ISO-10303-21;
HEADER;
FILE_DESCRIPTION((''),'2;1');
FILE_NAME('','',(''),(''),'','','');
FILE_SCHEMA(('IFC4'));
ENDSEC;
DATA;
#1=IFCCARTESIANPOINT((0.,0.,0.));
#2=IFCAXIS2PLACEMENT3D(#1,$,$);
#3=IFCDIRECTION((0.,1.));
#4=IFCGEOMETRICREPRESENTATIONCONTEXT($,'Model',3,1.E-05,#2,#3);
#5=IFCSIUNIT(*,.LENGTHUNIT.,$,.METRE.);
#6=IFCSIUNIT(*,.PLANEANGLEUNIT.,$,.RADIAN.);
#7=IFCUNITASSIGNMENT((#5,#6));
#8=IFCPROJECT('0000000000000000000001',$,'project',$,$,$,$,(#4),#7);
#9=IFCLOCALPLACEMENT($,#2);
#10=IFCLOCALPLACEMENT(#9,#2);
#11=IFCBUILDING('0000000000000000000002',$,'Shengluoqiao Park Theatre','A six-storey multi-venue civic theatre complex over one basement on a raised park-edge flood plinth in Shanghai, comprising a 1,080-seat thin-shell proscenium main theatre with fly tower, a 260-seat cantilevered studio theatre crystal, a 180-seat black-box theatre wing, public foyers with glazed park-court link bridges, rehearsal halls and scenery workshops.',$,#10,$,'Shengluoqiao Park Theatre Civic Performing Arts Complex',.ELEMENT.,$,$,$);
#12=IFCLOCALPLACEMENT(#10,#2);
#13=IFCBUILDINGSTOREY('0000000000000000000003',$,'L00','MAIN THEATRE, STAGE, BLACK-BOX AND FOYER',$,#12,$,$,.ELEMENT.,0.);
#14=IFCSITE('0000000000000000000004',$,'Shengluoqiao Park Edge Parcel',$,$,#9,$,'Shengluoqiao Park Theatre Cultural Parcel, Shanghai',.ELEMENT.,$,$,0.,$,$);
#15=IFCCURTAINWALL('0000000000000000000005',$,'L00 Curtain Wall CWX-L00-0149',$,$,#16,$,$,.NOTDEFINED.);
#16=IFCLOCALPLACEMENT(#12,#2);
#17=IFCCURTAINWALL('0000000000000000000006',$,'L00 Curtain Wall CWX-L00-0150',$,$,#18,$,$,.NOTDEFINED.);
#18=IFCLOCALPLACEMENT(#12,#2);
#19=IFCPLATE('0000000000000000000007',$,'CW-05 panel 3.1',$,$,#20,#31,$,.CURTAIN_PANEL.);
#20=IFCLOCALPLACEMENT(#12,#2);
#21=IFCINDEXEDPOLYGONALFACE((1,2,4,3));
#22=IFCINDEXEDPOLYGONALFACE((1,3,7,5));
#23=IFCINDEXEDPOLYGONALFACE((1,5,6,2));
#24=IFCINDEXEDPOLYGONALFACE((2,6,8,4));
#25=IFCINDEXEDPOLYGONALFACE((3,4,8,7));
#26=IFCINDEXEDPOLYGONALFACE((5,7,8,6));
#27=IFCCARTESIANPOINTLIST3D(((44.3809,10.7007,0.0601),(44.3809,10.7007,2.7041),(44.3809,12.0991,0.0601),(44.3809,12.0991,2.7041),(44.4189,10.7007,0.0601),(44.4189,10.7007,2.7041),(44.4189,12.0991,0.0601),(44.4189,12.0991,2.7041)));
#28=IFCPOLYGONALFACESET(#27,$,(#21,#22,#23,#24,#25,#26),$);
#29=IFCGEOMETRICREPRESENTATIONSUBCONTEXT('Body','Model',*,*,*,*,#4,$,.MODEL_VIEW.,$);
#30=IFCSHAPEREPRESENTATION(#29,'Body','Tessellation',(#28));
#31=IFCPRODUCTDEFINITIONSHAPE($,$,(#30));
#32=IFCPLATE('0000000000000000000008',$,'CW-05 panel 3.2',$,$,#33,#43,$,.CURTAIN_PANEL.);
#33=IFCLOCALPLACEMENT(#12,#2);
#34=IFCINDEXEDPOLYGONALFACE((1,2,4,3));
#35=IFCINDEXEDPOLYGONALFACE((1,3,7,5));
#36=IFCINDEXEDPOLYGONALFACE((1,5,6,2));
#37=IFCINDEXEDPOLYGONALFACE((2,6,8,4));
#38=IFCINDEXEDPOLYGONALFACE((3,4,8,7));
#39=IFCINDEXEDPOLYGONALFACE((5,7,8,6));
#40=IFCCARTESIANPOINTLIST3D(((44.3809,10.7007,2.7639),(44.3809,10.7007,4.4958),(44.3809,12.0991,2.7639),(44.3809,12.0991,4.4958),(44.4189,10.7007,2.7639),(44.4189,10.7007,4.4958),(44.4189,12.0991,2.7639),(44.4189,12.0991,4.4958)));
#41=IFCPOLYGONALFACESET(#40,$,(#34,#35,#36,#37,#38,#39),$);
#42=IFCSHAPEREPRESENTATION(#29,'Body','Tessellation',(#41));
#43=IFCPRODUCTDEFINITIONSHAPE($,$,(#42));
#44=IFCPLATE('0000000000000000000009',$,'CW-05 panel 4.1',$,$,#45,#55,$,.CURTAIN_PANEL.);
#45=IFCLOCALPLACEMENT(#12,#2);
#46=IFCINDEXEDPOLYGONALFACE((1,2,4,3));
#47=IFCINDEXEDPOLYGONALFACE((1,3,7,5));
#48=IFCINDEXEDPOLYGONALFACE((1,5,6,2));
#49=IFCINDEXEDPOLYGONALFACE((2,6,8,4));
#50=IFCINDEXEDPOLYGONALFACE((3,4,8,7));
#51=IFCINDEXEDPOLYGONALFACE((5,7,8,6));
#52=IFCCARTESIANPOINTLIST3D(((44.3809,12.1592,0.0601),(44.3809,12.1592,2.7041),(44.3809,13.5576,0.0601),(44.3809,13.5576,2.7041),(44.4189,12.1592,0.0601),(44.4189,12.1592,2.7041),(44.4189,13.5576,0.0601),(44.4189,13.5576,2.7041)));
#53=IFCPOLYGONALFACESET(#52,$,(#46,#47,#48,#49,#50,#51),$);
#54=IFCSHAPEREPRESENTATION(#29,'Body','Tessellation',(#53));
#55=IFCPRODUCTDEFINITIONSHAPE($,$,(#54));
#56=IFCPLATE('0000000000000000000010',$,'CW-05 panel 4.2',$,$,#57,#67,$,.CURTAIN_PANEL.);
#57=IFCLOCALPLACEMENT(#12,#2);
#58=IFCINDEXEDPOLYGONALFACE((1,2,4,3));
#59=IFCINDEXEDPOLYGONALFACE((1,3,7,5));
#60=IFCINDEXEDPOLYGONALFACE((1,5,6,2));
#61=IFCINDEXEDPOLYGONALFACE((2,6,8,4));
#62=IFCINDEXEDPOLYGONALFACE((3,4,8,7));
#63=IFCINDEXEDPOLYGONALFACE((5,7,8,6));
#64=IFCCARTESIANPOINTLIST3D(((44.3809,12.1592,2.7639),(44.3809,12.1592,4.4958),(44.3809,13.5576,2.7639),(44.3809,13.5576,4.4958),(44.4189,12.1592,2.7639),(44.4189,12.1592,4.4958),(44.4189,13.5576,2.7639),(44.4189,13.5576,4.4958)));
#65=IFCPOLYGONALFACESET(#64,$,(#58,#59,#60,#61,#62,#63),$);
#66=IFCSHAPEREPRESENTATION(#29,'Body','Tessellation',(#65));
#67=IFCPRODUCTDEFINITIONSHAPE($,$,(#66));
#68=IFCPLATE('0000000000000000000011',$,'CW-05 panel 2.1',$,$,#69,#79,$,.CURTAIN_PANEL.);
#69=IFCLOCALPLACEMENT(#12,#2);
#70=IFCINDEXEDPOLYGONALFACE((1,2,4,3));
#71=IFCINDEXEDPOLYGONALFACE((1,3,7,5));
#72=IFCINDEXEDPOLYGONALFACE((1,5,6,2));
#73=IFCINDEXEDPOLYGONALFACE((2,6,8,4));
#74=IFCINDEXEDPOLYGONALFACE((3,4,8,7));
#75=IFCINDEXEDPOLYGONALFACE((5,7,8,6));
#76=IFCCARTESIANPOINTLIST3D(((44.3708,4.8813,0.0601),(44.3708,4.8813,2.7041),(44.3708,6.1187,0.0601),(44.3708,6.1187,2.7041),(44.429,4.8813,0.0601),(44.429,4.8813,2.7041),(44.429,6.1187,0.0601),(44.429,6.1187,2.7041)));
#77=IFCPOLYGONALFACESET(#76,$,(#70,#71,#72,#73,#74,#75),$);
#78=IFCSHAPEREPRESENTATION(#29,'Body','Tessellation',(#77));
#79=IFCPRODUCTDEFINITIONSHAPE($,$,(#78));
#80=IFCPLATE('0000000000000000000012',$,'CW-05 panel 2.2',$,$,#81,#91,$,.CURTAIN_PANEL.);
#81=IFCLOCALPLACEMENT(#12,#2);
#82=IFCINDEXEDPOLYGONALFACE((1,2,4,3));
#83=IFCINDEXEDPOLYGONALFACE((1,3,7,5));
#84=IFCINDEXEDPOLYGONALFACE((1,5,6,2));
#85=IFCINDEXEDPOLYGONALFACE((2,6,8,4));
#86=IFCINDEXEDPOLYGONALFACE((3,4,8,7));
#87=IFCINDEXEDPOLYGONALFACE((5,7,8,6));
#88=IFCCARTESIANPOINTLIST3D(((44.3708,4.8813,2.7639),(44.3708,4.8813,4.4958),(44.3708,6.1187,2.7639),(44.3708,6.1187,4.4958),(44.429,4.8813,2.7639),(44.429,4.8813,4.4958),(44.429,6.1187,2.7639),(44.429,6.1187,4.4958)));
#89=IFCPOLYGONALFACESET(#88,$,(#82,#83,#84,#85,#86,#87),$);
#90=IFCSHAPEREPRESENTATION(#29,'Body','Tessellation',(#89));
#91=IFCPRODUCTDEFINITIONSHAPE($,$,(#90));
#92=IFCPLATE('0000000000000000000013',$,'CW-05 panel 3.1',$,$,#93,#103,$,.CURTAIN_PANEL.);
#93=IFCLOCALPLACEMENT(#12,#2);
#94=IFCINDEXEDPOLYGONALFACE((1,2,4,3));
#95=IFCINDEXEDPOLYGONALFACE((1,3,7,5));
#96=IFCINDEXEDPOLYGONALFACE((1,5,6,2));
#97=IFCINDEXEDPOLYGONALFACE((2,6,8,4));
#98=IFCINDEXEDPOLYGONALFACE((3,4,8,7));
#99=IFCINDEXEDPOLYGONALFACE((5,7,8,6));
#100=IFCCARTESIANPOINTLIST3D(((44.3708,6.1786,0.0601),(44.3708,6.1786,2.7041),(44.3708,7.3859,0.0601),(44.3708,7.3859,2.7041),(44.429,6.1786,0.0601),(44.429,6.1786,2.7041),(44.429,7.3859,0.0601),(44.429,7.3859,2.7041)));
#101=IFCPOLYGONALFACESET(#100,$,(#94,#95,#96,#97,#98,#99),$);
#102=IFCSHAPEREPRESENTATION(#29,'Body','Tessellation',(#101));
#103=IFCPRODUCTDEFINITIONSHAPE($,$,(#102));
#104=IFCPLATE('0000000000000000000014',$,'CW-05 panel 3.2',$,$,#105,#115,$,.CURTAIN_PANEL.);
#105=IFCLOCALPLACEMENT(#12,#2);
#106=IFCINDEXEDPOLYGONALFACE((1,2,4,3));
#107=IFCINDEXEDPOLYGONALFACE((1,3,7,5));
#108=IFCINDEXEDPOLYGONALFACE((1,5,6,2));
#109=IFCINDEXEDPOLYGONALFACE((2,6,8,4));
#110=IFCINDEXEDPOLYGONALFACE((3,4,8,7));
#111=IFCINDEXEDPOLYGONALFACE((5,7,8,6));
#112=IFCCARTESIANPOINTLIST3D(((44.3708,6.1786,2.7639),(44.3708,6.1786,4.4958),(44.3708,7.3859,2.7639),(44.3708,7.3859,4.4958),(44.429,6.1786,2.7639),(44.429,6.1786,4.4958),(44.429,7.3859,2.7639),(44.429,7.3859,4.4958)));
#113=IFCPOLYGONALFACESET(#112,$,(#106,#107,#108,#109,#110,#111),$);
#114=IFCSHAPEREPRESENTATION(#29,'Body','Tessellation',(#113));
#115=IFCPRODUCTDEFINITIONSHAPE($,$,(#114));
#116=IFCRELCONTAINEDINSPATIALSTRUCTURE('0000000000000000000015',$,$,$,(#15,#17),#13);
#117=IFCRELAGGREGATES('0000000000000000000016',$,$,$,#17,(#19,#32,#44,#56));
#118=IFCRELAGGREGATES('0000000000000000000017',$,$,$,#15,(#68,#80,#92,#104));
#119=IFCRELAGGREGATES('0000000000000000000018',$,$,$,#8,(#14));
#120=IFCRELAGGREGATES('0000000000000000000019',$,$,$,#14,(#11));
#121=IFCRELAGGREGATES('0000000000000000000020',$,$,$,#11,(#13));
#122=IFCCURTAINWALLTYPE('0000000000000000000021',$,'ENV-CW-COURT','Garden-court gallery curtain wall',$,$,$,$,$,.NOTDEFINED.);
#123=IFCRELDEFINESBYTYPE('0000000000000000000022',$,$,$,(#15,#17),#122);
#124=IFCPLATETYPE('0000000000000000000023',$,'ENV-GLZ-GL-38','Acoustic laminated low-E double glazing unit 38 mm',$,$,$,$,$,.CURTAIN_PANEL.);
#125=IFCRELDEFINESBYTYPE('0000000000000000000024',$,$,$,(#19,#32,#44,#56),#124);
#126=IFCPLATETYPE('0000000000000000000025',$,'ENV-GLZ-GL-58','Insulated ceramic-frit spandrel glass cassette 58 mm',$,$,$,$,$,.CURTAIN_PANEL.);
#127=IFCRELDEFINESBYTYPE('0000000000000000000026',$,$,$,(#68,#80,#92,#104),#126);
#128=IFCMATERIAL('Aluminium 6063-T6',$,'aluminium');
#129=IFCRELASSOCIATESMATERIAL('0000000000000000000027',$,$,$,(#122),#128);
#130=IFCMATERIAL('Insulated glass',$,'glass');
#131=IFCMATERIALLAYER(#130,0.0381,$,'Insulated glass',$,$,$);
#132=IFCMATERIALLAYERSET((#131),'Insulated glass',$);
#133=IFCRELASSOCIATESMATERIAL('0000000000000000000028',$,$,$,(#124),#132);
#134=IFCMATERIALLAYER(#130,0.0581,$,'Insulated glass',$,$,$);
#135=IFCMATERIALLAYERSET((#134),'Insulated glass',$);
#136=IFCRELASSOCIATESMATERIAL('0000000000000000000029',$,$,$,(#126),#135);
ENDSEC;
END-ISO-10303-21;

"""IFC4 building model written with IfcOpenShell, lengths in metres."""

from ifc_helpers import new_model, si_unit, direction, frame, origin, origin_2d, place, context, subcontext, project, spatial, rectangle, extrude, material, layer, layer_set, type_object, element, aggregate, save


model = new_model("IFC4")

# Units and contexts
model_context = context("Model", 3, precision=1e-05, world=origin(), true_north=direction((0.0, 1.0)))
body_context = subcontext(model_context, "Body", "Model", "MODEL_VIEW")
ifc_project = project(units=[si_unit("LENGTHUNIT", "METRE"), si_unit("PLANEANGLEUNIT", "RADIAN")], contexts=[model_context])

# Site, building, storey
site_placement = place(None, origin())
site = spatial("IfcSite", under=ifc_project, at=site_placement, Name="Shengluoqiao Park Edge Parcel", LongName="Shengluoqiao Park Theatre Cultural Parcel, Shanghai", CompositionType="ELEMENT", RefElevation=0.0)
building_placement = place(site_placement, origin())
building = spatial("IfcBuilding", under=site, at=building_placement, Name="Shengluoqiao Park Theatre", Description="A six-storey multi-venue civic theatre complex over one basement on a raised park-edge flood plinth in Shanghai, comprising a 1,080-seat thin-shell proscenium main theatre with fly tower, a 260-seat cantilevered studio theatre crystal, a 180-seat black-box theatre wing, public foyers with glazed park-court link bridges, rehearsal halls and scenery workshops.", LongName="Shengluoqiao Park Theatre Civic Performing Arts Complex", CompositionType="ELEMENT")
storey_placement = place(building_placement, origin())
storey = spatial("IfcBuildingStorey", under=building, at=storey_placement, Name="L00", Description="MAIN THEATRE, STAGE, BLACK-BOX AND FOYER", CompositionType="ELEMENT", Elevation=0.0)

# Curtain walls
ifc_material_1 = material(Name="Aluminium 6063-T6", Category="aluminium")
curtain_wall_type = type_object("IfcCurtainWallType", Name="ENV-CW-COURT", Description="Garden-court gallery curtain wall", PredefinedType="NOTDEFINED", material=ifc_material_1)
curtain_wall_1_placement = place(storey_placement, origin())
curtain_wall_1 = element("IfcCurtainWall", 1, at=curtain_wall_1_placement, inside=storey, type_object=curtain_wall_type, Name="L00 Curtain Wall CWX-L00-0149", PredefinedType="NOTDEFINED")
curtain_wall_2_placement = place(storey_placement, origin())
curtain_wall_2 = element("IfcCurtainWall", 2, at=curtain_wall_2_placement, inside=storey, type_object=curtain_wall_type, Name="L00 Curtain Wall CWX-L00-0150", PredefinedType="NOTDEFINED")

# Plates
ifc_material_2 = material(Name="Insulated glass", Category="glass")
ifc_layer_1 = layer(ifc_material_2, 0.0381, Name="Insulated glass")
ifc_layer_set_1 = layer_set([ifc_layer_1], Name="Insulated glass")
plate_type_1 = type_object("IfcPlateType", Name="ENV-GLZ-GL-38", Description="Acoustic laminated low-E double glazing unit 38 mm", PredefinedType="CURTAIN_PANEL", material=ifc_layer_set_1)
plate_1_placement = place(storey_placement, frame((44.3999, 11.3999, 0.0601), z_axis=(0.0, 0.0, 1.0), x_axis=(0.0, 1.0, 0.0)))
plate_1 = element("IfcPlate", 3, at=plate_1_placement, type_object=plate_type_1, Name="CW-05 panel 3.1", PredefinedType="CURTAIN_PANEL", context=body_context, shape_type="SweptSolid", body=[
    extrude(rectangle(XDim=1.3984, YDim=0.0381, at=origin_2d()), origin(), (0.0, 0.0, 1.0), 2.644),
])
plate_2_placement = place(storey_placement, frame((44.3999, 11.3999, 2.7639), z_axis=(0.0, 0.0, 1.0), x_axis=(0.0, 1.0, 0.0)))
plate_2 = element("IfcPlate", 4, at=plate_2_placement, type_object=plate_type_1, Name="CW-05 panel 3.2", PredefinedType="CURTAIN_PANEL", context=body_context, shape_type="SweptSolid", body=[
    extrude(rectangle(XDim=1.3984, YDim=0.0381, at=origin_2d()), origin(), (0.0, 0.0, 1.0), 1.7319),
])
plate_3_placement = place(storey_placement, frame((44.3999, 12.8584, 0.0601), z_axis=(0.0, 0.0, 1.0), x_axis=(0.0, 1.0, 0.0)))
plate_3 = element("IfcPlate", 5, at=plate_3_placement, type_object=plate_type_1, Name="CW-05 panel 4.1", PredefinedType="CURTAIN_PANEL", context=body_context, shape_type="SweptSolid", body=[
    extrude(rectangle(XDim=1.3984, YDim=0.0381, at=origin_2d()), origin(), (0.0, 0.0, 1.0), 2.644),
])
plate_4_placement = place(storey_placement, frame((44.3999, 12.8584, 2.7639), z_axis=(0.0, 0.0, 1.0), x_axis=(0.0, 1.0, 0.0)))
plate_4 = element("IfcPlate", 6, at=plate_4_placement, type_object=plate_type_1, Name="CW-05 panel 4.2", PredefinedType="CURTAIN_PANEL", context=body_context, shape_type="SweptSolid", body=[
    extrude(rectangle(XDim=1.3984, YDim=0.0381, at=origin_2d()), origin(), (0.0, 0.0, 1.0), 1.7319),
])
aggregate(curtain_wall_2, [plate_1, plate_2, plate_3, plate_4])
ifc_layer_2 = layer(ifc_material_2, 0.0581, Name="Insulated glass")
ifc_layer_set_2 = layer_set([ifc_layer_2], Name="Insulated glass")
plate_type_2 = type_object("IfcPlateType", Name="ENV-GLZ-GL-58", Description="Insulated ceramic-frit spandrel glass cassette 58 mm", PredefinedType="CURTAIN_PANEL", material=ifc_layer_set_2)
plate_5_placement = place(storey_placement, frame((44.3999, 5.5, 0.0601), z_axis=(0.0, 0.0, 1.0), x_axis=(0.0, 1.0, 0.0)))
plate_5 = element("IfcPlate", 7, at=plate_5_placement, type_object=plate_type_2, Name="CW-05 panel 2.1", PredefinedType="CURTAIN_PANEL", context=body_context, shape_type="SweptSolid", body=[
    extrude(rectangle(XDim=1.2373, YDim=0.0581, at=origin_2d()), origin(), (0.0, 0.0, 1.0), 2.644),
])
plate_6_placement = place(storey_placement, frame((44.3999, 5.5, 2.7639), z_axis=(0.0, 0.0, 1.0), x_axis=(0.0, 1.0, 0.0)))
plate_6 = element("IfcPlate", 8, at=plate_6_placement, type_object=plate_type_2, Name="CW-05 panel 2.2", PredefinedType="CURTAIN_PANEL", context=body_context, shape_type="SweptSolid", body=[
    extrude(rectangle(XDim=1.2373, YDim=0.0581, at=origin_2d()), origin(), (0.0, 0.0, 1.0), 1.7319),
])
plate_7_placement = place(storey_placement, frame((44.3999, 6.7822, 0.0601), z_axis=(0.0, 0.0, 1.0), x_axis=(0.0, 1.0, 0.0)))
plate_7 = element("IfcPlate", 9, at=plate_7_placement, type_object=plate_type_2, Name="CW-05 panel 3.1", PredefinedType="CURTAIN_PANEL", context=body_context, shape_type="SweptSolid", body=[
    extrude(rectangle(XDim=1.2073, YDim=0.0581, at=origin_2d()), origin(), (0.0, 0.0, 1.0), 2.644),
])
plate_8_placement = place(storey_placement, frame((44.3999, 6.7822, 2.7639), z_axis=(0.0, 0.0, 1.0), x_axis=(0.0, 1.0, 0.0)))
plate_8 = element("IfcPlate", 10, at=plate_8_placement, type_object=plate_type_2, Name="CW-05 panel 3.2", PredefinedType="CURTAIN_PANEL", context=body_context, shape_type="SweptSolid", body=[
    extrude(rectangle(XDim=1.2073, YDim=0.0581, at=origin_2d()), origin(), (0.0, 0.0, 1.0), 1.7319),
])
aggregate(curtain_wall_1, [plate_5, plate_6, plate_7, plate_8])

save(model, "model.ifc")
